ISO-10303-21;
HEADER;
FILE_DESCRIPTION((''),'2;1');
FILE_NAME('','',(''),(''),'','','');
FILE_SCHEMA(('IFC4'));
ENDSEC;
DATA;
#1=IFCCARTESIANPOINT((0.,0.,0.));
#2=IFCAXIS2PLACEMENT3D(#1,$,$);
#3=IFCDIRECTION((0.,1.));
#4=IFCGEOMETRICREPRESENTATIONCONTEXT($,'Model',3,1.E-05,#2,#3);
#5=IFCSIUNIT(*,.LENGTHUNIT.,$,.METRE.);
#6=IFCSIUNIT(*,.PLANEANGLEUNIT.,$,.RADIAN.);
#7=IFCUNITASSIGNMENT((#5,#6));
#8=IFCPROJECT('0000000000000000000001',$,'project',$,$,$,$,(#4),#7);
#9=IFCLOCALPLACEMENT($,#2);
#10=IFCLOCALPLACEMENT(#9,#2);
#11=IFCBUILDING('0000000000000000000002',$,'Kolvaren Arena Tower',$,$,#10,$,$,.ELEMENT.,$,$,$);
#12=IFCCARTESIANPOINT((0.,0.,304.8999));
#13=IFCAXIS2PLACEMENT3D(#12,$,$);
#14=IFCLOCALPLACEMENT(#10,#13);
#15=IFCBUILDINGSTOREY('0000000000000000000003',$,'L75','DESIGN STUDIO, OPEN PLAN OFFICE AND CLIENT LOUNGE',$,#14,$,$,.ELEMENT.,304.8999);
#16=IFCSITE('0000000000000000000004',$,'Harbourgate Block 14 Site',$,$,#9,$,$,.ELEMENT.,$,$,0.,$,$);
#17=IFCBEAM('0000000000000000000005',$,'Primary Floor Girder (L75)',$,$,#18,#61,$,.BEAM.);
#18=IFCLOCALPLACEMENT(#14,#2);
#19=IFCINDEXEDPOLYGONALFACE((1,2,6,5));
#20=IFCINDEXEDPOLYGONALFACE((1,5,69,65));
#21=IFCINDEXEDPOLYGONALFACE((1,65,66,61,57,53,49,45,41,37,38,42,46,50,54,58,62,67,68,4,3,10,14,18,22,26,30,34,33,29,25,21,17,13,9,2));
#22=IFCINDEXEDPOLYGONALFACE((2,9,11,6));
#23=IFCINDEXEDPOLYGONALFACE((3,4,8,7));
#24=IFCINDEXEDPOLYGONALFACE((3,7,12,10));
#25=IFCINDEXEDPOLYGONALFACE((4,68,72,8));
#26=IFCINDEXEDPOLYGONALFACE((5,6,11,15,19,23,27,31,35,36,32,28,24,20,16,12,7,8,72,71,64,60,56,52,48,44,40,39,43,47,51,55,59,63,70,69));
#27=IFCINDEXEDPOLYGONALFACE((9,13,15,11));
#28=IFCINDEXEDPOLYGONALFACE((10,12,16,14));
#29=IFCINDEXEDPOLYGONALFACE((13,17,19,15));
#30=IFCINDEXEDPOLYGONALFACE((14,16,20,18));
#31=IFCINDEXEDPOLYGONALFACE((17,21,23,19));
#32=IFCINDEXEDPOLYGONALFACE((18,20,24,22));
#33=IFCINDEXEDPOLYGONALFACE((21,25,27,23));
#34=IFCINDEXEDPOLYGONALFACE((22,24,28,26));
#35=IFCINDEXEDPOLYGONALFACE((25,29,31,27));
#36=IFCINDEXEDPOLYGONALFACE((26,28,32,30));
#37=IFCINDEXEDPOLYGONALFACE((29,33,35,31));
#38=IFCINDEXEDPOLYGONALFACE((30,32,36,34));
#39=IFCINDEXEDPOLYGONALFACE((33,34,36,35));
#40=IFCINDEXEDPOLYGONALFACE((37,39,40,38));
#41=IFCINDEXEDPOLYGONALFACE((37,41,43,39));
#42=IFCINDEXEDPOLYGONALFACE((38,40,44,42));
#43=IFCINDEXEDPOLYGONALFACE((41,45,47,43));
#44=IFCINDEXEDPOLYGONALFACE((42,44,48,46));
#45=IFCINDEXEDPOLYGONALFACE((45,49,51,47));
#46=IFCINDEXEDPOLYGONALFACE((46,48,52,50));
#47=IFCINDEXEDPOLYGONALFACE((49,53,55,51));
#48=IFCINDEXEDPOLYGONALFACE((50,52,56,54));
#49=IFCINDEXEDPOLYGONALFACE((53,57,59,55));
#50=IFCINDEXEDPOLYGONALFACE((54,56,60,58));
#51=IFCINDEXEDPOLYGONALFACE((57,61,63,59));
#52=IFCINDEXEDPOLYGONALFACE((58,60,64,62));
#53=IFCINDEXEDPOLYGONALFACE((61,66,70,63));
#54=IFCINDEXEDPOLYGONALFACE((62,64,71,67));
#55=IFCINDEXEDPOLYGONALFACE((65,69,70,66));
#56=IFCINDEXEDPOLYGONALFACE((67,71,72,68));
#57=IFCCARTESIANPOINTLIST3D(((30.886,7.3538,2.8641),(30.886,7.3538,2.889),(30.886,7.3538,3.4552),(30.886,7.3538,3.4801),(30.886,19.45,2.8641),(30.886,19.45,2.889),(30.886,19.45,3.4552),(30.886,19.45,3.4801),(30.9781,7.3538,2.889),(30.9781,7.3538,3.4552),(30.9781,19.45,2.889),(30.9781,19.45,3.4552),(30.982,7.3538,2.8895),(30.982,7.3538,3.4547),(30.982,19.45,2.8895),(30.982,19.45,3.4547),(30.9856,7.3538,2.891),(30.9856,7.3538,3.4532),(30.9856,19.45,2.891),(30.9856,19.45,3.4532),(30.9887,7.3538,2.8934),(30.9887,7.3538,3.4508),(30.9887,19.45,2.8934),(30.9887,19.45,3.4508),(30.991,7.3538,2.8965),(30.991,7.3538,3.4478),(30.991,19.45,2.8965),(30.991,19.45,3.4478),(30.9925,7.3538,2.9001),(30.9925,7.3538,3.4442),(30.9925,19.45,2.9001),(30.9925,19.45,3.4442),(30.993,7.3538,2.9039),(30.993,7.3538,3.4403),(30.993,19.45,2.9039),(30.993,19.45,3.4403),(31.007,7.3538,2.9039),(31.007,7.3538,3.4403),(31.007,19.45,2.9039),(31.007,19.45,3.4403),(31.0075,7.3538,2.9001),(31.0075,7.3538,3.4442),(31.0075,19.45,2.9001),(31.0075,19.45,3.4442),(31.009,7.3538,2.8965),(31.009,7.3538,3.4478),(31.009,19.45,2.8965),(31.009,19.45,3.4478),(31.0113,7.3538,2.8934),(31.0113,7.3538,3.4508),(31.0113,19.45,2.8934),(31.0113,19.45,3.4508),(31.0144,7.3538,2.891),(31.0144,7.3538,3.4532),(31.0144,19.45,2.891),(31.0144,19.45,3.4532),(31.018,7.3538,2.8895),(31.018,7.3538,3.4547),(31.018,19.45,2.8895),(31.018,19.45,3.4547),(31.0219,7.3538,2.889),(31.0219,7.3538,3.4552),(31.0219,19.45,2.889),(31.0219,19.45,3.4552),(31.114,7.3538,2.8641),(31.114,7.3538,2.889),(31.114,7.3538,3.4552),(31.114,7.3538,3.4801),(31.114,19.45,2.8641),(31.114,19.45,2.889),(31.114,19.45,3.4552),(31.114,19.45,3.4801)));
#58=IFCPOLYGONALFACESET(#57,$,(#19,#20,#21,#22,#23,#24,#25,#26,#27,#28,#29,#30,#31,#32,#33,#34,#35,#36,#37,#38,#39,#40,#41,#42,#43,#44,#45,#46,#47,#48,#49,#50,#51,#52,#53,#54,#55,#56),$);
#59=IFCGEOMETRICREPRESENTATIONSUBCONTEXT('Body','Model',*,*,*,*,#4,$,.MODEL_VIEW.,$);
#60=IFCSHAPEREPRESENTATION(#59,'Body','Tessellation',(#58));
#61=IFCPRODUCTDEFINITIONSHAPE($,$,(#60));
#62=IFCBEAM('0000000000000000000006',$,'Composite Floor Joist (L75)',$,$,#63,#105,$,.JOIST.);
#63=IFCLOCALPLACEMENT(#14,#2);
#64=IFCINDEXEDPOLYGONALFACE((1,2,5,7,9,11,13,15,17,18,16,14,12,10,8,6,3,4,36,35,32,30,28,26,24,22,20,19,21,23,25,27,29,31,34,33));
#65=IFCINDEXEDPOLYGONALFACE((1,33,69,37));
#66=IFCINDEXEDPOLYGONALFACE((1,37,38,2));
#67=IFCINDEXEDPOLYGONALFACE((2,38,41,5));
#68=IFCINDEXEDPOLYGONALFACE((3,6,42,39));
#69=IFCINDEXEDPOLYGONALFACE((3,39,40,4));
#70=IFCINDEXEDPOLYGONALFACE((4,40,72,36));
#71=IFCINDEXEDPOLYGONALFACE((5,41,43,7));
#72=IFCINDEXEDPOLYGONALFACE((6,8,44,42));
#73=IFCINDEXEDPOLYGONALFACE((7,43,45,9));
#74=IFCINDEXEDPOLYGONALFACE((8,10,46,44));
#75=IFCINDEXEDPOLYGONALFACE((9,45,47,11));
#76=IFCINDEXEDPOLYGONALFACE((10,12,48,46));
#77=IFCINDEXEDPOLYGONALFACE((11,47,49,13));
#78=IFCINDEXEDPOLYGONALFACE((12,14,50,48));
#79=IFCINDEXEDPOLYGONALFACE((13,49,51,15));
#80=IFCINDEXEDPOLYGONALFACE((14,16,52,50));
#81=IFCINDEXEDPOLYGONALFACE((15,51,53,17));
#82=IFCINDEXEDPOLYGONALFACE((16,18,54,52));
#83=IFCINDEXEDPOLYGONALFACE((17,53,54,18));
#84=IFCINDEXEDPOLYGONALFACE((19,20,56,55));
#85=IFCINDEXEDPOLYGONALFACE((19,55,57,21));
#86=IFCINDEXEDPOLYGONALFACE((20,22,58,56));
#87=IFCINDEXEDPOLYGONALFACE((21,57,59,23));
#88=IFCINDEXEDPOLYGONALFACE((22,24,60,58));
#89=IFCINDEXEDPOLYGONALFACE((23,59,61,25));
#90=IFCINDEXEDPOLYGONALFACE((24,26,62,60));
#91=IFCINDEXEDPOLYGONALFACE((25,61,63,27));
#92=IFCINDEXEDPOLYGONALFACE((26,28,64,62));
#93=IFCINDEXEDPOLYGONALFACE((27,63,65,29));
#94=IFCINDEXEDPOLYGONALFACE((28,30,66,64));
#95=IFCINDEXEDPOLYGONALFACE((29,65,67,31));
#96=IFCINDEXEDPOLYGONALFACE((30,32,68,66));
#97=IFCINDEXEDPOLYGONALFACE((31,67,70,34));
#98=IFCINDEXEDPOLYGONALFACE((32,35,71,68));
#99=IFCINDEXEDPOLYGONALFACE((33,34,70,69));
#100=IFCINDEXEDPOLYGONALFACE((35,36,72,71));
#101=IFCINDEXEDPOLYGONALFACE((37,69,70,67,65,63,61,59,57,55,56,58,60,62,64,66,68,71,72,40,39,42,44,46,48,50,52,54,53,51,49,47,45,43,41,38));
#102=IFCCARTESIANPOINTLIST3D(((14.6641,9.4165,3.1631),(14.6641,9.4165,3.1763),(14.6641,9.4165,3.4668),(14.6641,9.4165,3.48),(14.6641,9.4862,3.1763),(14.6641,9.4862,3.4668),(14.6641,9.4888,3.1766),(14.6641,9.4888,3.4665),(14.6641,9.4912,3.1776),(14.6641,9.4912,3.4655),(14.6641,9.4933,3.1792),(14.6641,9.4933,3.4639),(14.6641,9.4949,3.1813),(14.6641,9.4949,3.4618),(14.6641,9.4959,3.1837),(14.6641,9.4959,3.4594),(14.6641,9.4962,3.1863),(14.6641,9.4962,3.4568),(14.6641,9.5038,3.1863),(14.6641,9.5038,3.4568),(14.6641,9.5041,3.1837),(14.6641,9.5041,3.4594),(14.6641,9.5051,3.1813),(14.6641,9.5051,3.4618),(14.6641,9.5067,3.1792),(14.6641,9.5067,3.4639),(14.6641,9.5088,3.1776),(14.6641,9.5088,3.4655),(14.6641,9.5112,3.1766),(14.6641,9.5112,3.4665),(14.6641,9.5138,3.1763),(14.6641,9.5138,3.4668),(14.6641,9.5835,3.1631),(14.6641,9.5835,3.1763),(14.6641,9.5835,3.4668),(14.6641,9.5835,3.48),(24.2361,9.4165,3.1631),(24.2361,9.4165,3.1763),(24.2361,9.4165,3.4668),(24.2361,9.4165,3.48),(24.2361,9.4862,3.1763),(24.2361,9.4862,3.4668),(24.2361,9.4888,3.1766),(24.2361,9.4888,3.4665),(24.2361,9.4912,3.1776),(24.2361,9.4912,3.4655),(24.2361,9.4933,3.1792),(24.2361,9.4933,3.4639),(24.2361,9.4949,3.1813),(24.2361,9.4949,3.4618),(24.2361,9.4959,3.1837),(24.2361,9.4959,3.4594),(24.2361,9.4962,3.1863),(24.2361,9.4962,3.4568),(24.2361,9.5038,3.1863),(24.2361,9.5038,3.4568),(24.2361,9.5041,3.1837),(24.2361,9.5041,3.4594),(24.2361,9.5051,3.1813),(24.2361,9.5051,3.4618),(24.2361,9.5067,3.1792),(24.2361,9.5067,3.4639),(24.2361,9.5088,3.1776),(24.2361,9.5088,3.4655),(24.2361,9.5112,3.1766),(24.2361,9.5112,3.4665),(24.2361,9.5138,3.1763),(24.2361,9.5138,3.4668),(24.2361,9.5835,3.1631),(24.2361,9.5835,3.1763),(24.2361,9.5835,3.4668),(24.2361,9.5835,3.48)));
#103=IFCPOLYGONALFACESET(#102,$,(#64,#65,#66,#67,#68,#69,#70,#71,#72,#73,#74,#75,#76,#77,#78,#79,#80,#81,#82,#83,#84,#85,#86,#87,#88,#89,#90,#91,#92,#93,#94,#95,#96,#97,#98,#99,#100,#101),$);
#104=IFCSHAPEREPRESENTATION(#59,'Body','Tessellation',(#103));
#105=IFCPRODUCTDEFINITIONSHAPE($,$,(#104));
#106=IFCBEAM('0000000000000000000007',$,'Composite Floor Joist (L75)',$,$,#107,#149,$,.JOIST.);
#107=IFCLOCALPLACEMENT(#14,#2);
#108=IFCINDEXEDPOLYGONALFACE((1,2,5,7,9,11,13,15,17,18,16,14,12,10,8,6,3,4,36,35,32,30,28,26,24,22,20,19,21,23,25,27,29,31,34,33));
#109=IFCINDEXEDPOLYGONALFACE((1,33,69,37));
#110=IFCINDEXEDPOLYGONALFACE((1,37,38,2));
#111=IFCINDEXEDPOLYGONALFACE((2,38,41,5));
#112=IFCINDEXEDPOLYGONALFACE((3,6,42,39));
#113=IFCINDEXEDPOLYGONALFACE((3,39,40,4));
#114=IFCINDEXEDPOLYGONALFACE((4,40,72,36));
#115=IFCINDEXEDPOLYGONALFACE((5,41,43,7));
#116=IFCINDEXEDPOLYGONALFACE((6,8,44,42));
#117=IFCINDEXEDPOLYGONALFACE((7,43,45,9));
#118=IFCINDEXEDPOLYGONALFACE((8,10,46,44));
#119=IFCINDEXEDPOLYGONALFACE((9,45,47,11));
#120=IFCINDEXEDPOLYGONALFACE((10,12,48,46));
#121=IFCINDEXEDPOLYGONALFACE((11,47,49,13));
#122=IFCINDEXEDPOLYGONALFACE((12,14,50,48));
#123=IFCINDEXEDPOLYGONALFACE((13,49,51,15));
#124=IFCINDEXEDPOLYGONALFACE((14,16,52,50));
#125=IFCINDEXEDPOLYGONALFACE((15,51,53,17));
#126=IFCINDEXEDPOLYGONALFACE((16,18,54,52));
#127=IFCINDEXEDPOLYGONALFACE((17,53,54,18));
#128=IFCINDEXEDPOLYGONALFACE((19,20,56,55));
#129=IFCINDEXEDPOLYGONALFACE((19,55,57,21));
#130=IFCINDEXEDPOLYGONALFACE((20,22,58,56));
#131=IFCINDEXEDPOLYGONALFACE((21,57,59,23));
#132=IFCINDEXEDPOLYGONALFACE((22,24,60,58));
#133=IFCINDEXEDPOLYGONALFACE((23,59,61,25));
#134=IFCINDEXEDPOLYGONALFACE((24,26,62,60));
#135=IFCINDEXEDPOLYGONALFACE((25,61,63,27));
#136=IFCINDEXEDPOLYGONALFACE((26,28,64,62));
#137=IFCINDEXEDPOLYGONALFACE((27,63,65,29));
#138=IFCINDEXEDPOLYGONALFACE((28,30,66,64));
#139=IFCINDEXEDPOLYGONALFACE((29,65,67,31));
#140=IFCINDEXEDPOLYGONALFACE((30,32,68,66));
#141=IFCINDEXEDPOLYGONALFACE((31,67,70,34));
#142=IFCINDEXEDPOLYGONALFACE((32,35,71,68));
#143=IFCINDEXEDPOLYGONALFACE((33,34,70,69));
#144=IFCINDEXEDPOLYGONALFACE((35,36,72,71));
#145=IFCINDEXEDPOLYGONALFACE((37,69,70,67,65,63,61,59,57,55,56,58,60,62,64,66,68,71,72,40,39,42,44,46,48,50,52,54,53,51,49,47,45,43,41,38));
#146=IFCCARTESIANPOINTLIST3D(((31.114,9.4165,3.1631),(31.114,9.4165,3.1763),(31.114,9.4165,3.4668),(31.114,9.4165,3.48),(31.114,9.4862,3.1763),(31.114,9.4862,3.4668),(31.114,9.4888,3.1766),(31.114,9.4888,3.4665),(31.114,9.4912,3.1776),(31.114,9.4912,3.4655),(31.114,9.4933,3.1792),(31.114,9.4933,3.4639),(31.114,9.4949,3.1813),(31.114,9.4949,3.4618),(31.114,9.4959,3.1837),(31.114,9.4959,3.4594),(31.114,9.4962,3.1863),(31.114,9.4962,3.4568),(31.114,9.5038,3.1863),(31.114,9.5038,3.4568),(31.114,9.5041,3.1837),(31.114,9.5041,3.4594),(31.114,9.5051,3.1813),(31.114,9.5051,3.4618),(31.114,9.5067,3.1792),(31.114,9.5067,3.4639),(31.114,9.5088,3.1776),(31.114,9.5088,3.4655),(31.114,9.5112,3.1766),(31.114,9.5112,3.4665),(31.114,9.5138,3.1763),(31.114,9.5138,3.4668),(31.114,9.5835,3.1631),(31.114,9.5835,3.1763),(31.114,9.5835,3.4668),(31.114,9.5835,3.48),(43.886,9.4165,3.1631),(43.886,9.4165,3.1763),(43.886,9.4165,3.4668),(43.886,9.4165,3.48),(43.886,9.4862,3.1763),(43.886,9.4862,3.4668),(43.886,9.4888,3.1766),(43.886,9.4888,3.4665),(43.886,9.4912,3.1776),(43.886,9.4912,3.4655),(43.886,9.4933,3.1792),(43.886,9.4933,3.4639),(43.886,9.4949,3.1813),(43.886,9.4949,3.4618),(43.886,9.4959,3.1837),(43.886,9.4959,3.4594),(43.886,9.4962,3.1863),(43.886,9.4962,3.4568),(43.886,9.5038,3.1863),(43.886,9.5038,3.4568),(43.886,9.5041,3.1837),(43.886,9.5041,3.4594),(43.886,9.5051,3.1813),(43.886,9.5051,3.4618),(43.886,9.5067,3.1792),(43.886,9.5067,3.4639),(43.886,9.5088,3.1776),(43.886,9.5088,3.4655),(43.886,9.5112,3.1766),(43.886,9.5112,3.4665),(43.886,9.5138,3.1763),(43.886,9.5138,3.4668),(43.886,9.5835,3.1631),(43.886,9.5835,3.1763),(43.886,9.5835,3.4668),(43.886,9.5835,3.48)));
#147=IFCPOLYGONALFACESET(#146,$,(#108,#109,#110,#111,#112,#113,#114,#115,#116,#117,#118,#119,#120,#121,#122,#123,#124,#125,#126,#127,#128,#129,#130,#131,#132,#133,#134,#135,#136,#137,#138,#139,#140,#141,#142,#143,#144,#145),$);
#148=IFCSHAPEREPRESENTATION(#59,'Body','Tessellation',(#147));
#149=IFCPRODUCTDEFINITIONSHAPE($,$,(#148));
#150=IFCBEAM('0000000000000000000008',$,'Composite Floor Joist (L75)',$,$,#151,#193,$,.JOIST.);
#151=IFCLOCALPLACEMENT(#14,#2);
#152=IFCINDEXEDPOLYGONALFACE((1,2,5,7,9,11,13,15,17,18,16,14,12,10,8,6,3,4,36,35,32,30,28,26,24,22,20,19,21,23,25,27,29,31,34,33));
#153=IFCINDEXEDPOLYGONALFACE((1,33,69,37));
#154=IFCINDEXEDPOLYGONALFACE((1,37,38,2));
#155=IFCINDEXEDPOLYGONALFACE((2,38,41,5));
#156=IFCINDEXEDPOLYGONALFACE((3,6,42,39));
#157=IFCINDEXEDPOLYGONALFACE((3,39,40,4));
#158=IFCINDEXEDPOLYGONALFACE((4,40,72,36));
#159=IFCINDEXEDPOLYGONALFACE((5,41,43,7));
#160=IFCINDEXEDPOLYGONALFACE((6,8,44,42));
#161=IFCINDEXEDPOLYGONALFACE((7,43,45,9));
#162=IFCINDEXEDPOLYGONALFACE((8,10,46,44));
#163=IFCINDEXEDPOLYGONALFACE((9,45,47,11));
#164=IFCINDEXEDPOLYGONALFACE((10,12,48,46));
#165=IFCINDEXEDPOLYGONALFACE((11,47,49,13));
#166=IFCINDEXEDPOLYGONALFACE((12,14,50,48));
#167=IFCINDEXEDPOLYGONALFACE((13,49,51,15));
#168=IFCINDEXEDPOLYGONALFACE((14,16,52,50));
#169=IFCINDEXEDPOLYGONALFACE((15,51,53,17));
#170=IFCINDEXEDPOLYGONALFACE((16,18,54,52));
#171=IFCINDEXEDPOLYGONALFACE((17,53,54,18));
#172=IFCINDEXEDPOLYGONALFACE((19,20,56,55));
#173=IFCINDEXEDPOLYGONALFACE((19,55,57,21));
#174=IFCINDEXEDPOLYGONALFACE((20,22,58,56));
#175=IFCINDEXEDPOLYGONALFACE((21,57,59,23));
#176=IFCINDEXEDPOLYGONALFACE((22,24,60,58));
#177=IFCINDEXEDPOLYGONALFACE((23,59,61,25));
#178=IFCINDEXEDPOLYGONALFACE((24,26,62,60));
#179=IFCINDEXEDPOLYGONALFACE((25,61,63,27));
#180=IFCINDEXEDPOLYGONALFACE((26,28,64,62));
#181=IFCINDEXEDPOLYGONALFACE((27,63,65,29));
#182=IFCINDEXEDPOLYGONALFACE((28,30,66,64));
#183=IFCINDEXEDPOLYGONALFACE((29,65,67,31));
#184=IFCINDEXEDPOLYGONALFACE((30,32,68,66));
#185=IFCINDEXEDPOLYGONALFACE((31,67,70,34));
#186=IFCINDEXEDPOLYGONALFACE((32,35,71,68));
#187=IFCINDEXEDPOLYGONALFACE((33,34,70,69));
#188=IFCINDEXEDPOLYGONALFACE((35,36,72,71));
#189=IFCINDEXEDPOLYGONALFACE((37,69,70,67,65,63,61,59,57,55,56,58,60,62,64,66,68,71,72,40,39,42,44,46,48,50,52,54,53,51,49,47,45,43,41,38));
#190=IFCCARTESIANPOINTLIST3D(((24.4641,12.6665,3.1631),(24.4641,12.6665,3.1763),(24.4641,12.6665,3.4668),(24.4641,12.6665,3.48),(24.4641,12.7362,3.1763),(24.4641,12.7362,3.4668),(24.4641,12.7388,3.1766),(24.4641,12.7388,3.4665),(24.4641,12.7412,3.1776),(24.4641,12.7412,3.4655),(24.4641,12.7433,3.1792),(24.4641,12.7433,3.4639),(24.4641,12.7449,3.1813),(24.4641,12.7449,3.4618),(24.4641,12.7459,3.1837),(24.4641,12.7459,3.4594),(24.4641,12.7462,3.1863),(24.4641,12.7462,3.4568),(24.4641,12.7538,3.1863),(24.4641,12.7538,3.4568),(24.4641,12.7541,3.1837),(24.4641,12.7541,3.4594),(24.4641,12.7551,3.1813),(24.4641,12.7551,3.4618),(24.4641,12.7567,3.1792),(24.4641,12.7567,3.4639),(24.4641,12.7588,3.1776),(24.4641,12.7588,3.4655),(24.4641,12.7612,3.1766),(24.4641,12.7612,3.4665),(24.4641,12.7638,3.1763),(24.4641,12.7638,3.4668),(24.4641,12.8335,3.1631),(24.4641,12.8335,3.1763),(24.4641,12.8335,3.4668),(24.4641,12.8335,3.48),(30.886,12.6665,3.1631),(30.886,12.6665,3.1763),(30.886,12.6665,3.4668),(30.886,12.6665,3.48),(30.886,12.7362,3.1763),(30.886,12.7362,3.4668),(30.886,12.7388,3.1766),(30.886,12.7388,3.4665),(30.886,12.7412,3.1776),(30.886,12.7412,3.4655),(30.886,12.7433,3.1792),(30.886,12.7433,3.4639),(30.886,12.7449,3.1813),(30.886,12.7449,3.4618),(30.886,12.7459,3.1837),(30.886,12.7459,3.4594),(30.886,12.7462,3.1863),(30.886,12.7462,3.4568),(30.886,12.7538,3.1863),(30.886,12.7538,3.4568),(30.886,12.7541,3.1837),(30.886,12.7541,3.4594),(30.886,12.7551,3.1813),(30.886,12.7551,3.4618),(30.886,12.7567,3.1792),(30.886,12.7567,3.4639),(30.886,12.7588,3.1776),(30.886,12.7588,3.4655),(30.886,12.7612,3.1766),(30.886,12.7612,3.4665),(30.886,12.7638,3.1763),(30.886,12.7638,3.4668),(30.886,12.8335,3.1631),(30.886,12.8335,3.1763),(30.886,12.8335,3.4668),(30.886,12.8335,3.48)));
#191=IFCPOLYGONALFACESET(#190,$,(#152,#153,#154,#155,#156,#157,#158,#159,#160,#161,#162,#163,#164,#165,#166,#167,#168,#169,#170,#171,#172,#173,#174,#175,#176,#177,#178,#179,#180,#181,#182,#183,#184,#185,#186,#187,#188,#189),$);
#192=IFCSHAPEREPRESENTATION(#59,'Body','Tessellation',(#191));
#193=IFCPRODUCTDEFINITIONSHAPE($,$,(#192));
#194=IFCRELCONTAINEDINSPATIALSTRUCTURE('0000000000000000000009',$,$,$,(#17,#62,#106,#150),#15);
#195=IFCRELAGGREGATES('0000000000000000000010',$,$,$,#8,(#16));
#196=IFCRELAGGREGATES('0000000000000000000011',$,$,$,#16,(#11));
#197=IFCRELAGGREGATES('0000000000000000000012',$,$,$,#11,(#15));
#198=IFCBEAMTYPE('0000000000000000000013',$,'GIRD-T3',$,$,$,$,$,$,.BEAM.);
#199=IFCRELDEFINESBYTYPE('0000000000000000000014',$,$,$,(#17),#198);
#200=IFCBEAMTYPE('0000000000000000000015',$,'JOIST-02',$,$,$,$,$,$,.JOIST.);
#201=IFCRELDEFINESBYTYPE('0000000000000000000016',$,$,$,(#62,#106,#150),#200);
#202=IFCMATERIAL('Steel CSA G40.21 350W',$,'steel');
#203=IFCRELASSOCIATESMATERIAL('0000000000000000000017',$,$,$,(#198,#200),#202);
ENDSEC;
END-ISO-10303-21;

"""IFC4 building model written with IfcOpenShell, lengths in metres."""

from ifc_helpers import new_model, si_unit, direction, frame, origin, origin_2d, place, context, subcontext, project, spatial, i_section, extrude, material, material_profile, profile_set, type_object, element, save


model = new_model("IFC4")

# Units and contexts
model_context = context("Model", 3, precision=1e-05, world=origin(), true_north=direction((0.0, 1.0)))
body_context = subcontext(model_context, "Body", "Model", "MODEL_VIEW")
ifc_project = project(units=[si_unit("LENGTHUNIT", "METRE"), si_unit("PLANEANGLEUNIT", "RADIAN")], contexts=[model_context])

# Site, building, storey
site_placement = place(None, origin())
site = spatial("IfcSite", under=ifc_project, at=site_placement, Name="Harbourgate Block 14 Site", CompositionType="ELEMENT", RefElevation=0.0)
building_placement = place(site_placement, origin())
building = spatial("IfcBuilding", under=site, at=building_placement, Name="Kolvaren Arena Tower", CompositionType="ELEMENT")
storey_placement = place(building_placement, frame((0.0, 0.0, 304.8999)))
storey = spatial("IfcBuildingStorey", under=building, at=storey_placement, Name="L75", Description="DESIGN STUDIO, OPEN PLAN OFFICE AND CLIENT LOUNGE", CompositionType="ELEMENT", Elevation=304.8999)

# Beams
ifc_material_1 = material(Name="Steel CSA G40.21 350W", Category="steel")
ifc_material_profile_1 = material_profile(ifc_material_1, i_section(OverallWidth=0.228, OverallDepth=0.616, WebThickness=0.0139, FlangeThickness=0.0249, FilletRadius=0.0149, at=origin_2d()), Name="W610x174")
ifc_profile_set_1 = profile_set([ifc_material_profile_1], Name="Steel CSA G40.21 350W")
beam_type_1 = type_object("IfcBeamType", Name="GIRD-T3", PredefinedType="BEAM", material=ifc_profile_set_1)
beam_1_placement = place(storey_placement, frame((31.0, 7.3538, 3.1721), z_axis=(0.0, 1.0, 0.0), x_axis=(-1.0, 0.0, 0.0)))
element("IfcBeam", 1, at=beam_1_placement, inside=storey, type_object=beam_type_1, Name="Primary Floor Girder (L75)", PredefinedType="BEAM", context=body_context, shape_type="SweptSolid", body=[
    extrude(i_section(OverallWidth=0.228, OverallDepth=0.616, WebThickness=0.0139, FlangeThickness=0.0249, FilletRadius=0.0149, at=origin_2d()), origin(), (0.0, 0.0, 1.0), 12.0962),
])
ifc_material_profile_2 = material_profile(ifc_material_1, i_section(OverallWidth=0.167, OverallDepth=0.3169, WebThickness=0.0076, FlangeThickness=0.0132, FilletRadius=0.01, at=origin_2d()), Name="W310x52")
ifc_profile_set_2 = profile_set([ifc_material_profile_2], Name="Steel CSA G40.21 350W")
beam_type_2 = type_object("IfcBeamType", Name="JOIST-02", PredefinedType="JOIST", material=ifc_profile_set_2)
beam_2_placement = place(storey_placement, frame((14.6641, 9.5, 3.3215), z_axis=(1.0, 0.0, 0.0), x_axis=(0.0, 1.0, 0.0)))
element("IfcBeam", 2, at=beam_2_placement, inside=storey, type_object=beam_type_2, Name="Composite Floor Joist (L75)", PredefinedType="JOIST", context=body_context, shape_type="SweptSolid", body=[
    extrude(i_section(OverallWidth=0.167, OverallDepth=0.3169, WebThickness=0.0076, FlangeThickness=0.0132, FilletRadius=0.01, at=origin_2d()), origin(), (0.0, 0.0, 1.0), 9.572),
])
beam_3_placement = place(storey_placement, frame((31.114, 9.5, 3.3215), z_axis=(1.0, 0.0, 0.0), x_axis=(0.0, 1.0, 0.0)))
element("IfcBeam", 3, at=beam_3_placement, inside=storey, type_object=beam_type_2, Name="Composite Floor Joist (L75)", PredefinedType="JOIST", context=body_context, shape_type="SweptSolid", body=[
    extrude(i_section(OverallWidth=0.167, OverallDepth=0.3169, WebThickness=0.0076, FlangeThickness=0.0132, FilletRadius=0.01, at=origin_2d()), origin(), (0.0, 0.0, 1.0), 12.772),
])
beam_4_placement = place(storey_placement, frame((24.4641, 12.75, 3.3215), z_axis=(1.0, 0.0, 0.0), x_axis=(0.0, 1.0, 0.0)))
element("IfcBeam", 4, at=beam_4_placement, inside=storey, type_object=beam_type_2, Name="Composite Floor Joist (L75)", PredefinedType="JOIST", context=body_context, shape_type="SweptSolid", body=[
    extrude(i_section(OverallWidth=0.167, OverallDepth=0.3169, WebThickness=0.0076, FlangeThickness=0.0132, FilletRadius=0.01, at=origin_2d()), origin(), (0.0, 0.0, 1.0), 6.4219),
])

save(model, "model.ifc")
